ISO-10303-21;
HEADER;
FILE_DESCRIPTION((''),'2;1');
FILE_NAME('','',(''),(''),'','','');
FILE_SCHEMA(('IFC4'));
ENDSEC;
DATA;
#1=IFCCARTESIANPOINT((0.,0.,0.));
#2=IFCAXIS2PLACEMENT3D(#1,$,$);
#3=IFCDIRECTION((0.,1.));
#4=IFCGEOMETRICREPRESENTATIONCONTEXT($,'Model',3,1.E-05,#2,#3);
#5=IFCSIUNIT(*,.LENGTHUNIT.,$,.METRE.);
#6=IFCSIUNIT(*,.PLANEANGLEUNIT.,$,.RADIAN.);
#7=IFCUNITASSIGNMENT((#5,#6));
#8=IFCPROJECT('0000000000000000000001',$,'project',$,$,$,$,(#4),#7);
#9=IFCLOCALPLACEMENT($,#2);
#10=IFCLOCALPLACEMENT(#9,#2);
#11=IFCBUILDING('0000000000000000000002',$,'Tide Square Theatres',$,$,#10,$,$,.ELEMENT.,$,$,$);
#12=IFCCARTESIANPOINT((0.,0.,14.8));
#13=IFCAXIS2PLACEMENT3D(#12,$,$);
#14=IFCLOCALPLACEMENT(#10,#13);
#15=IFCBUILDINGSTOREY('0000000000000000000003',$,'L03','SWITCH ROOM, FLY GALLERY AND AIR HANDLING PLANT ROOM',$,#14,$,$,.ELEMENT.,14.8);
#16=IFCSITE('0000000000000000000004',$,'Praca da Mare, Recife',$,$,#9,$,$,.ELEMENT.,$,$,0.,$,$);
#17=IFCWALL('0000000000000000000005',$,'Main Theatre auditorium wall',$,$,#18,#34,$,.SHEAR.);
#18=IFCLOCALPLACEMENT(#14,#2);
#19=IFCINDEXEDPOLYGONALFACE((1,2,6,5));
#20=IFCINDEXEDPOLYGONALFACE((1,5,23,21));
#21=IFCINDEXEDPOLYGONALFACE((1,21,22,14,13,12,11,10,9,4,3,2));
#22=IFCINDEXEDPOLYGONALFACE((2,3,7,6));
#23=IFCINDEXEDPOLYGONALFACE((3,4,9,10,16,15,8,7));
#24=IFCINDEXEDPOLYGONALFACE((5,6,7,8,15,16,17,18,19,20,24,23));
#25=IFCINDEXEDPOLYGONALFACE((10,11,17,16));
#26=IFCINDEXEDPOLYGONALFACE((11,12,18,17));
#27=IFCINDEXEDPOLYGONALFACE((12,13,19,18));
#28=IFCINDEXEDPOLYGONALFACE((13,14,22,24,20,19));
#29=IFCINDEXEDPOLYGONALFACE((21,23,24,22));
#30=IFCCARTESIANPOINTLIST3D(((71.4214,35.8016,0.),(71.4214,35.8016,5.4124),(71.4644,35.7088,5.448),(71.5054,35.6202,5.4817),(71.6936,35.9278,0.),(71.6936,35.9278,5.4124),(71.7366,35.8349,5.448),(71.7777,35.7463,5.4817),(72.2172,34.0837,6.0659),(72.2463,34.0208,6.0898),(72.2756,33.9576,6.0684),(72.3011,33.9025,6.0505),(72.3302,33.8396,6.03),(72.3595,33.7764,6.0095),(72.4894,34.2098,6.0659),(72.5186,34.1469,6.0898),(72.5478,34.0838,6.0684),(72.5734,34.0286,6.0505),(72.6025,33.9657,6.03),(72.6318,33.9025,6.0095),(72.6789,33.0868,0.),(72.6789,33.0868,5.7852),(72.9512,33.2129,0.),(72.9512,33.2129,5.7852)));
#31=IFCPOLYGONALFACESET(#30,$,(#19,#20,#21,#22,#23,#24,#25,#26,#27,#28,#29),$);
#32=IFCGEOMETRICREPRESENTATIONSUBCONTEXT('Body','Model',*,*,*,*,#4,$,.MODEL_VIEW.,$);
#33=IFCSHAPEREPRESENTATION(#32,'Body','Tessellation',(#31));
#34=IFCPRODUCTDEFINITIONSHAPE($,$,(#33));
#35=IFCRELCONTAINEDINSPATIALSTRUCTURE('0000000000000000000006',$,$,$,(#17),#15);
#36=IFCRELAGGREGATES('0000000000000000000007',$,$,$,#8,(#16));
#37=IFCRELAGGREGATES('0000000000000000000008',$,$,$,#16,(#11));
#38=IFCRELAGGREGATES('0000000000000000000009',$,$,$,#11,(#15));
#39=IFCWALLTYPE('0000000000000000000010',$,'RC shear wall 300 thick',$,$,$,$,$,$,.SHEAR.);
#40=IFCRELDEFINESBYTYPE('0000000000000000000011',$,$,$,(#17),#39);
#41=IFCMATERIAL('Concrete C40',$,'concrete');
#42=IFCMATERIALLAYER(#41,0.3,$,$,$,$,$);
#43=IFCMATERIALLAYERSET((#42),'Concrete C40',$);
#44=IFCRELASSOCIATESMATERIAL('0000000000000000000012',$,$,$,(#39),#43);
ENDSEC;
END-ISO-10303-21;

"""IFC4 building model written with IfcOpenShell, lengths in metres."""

from ifc_helpers import new_model, si_unit, direction, frame, origin, place, context, subcontext, project, spatial, polyline, outline, extrude, material, layer, layer_set, type_object, element, save


model = new_model("IFC4")

# Units and contexts
model_context = context("Model", 3, precision=1e-05, world=origin(), true_north=direction((0.0, 1.0)))
body_context = subcontext(model_context, "Body", "Model", "MODEL_VIEW")
ifc_project = project(units=[si_unit("LENGTHUNIT", "METRE"), si_unit("PLANEANGLEUNIT", "RADIAN")], contexts=[model_context])

# Site, building, storey
site_placement = place(None, origin())
site = spatial("IfcSite", under=ifc_project, at=site_placement, Name="Praca da Mare, Recife", CompositionType="ELEMENT", RefElevation=0.0)
building_placement = place(site_placement, origin())
building = spatial("IfcBuilding", under=site, at=building_placement, Name="Tide Square Theatres", CompositionType="ELEMENT")
storey_placement = place(building_placement, frame((0.0, 0.0, 14.8)))
storey = spatial("IfcBuildingStorey", under=building, at=storey_placement, Name="L03", Description="SWITCH ROOM, FLY GALLERY AND AIR HANDLING PLANT ROOM", CompositionType="ELEMENT", Elevation=14.8)

# Wall
ifc_material_1 = material(Name="Concrete C40", Category="concrete")
ifc_layer_1 = layer(ifc_material_1, 0.3)
ifc_layer_set_1 = layer_set([ifc_layer_1], Name="Concrete C40")
wall_type_1 = type_object("IfcWallType", Name="RC shear wall 300 thick", PredefinedType="SHEAR", material=ifc_layer_set_1)
wall_1_placement = place(storey_placement, frame((71.5576, 35.8647, 0.0), z_axis=(0.0, 0.0, 1.0), x_axis=(0.420315, -0.907378, 0.0)))
element("IfcWall", 1, at=wall_1_placement, inside=storey, type_object=wall_type_1, Name="Main Theatre auditorium wall", PredefinedType="SHEAR", context=body_context, shape_type="SweptSolid", body=[
    extrude(outline(polyline([(0.0, 0.0), (2.9919, 0.0), (2.9919, 5.7852), (2.2319, 6.0095), (2.1624, 6.03), (2.093, 6.0505), (2.0322, 6.0684), (1.9626, 6.0898), (1.8933, 6.0659), (0.2, 5.4817), (0.1023, 5.448), (0.0, 5.4124), (0.0, 0.0)])), frame((0.0, 0.1499, 0.0), z_axis=(0.0, -1.0, 0.0), x_axis=(1.0, 0.0, 0.0)), (0.0, 0.0, 1.0), 0.3),
])

save(model, "model.ifc")
